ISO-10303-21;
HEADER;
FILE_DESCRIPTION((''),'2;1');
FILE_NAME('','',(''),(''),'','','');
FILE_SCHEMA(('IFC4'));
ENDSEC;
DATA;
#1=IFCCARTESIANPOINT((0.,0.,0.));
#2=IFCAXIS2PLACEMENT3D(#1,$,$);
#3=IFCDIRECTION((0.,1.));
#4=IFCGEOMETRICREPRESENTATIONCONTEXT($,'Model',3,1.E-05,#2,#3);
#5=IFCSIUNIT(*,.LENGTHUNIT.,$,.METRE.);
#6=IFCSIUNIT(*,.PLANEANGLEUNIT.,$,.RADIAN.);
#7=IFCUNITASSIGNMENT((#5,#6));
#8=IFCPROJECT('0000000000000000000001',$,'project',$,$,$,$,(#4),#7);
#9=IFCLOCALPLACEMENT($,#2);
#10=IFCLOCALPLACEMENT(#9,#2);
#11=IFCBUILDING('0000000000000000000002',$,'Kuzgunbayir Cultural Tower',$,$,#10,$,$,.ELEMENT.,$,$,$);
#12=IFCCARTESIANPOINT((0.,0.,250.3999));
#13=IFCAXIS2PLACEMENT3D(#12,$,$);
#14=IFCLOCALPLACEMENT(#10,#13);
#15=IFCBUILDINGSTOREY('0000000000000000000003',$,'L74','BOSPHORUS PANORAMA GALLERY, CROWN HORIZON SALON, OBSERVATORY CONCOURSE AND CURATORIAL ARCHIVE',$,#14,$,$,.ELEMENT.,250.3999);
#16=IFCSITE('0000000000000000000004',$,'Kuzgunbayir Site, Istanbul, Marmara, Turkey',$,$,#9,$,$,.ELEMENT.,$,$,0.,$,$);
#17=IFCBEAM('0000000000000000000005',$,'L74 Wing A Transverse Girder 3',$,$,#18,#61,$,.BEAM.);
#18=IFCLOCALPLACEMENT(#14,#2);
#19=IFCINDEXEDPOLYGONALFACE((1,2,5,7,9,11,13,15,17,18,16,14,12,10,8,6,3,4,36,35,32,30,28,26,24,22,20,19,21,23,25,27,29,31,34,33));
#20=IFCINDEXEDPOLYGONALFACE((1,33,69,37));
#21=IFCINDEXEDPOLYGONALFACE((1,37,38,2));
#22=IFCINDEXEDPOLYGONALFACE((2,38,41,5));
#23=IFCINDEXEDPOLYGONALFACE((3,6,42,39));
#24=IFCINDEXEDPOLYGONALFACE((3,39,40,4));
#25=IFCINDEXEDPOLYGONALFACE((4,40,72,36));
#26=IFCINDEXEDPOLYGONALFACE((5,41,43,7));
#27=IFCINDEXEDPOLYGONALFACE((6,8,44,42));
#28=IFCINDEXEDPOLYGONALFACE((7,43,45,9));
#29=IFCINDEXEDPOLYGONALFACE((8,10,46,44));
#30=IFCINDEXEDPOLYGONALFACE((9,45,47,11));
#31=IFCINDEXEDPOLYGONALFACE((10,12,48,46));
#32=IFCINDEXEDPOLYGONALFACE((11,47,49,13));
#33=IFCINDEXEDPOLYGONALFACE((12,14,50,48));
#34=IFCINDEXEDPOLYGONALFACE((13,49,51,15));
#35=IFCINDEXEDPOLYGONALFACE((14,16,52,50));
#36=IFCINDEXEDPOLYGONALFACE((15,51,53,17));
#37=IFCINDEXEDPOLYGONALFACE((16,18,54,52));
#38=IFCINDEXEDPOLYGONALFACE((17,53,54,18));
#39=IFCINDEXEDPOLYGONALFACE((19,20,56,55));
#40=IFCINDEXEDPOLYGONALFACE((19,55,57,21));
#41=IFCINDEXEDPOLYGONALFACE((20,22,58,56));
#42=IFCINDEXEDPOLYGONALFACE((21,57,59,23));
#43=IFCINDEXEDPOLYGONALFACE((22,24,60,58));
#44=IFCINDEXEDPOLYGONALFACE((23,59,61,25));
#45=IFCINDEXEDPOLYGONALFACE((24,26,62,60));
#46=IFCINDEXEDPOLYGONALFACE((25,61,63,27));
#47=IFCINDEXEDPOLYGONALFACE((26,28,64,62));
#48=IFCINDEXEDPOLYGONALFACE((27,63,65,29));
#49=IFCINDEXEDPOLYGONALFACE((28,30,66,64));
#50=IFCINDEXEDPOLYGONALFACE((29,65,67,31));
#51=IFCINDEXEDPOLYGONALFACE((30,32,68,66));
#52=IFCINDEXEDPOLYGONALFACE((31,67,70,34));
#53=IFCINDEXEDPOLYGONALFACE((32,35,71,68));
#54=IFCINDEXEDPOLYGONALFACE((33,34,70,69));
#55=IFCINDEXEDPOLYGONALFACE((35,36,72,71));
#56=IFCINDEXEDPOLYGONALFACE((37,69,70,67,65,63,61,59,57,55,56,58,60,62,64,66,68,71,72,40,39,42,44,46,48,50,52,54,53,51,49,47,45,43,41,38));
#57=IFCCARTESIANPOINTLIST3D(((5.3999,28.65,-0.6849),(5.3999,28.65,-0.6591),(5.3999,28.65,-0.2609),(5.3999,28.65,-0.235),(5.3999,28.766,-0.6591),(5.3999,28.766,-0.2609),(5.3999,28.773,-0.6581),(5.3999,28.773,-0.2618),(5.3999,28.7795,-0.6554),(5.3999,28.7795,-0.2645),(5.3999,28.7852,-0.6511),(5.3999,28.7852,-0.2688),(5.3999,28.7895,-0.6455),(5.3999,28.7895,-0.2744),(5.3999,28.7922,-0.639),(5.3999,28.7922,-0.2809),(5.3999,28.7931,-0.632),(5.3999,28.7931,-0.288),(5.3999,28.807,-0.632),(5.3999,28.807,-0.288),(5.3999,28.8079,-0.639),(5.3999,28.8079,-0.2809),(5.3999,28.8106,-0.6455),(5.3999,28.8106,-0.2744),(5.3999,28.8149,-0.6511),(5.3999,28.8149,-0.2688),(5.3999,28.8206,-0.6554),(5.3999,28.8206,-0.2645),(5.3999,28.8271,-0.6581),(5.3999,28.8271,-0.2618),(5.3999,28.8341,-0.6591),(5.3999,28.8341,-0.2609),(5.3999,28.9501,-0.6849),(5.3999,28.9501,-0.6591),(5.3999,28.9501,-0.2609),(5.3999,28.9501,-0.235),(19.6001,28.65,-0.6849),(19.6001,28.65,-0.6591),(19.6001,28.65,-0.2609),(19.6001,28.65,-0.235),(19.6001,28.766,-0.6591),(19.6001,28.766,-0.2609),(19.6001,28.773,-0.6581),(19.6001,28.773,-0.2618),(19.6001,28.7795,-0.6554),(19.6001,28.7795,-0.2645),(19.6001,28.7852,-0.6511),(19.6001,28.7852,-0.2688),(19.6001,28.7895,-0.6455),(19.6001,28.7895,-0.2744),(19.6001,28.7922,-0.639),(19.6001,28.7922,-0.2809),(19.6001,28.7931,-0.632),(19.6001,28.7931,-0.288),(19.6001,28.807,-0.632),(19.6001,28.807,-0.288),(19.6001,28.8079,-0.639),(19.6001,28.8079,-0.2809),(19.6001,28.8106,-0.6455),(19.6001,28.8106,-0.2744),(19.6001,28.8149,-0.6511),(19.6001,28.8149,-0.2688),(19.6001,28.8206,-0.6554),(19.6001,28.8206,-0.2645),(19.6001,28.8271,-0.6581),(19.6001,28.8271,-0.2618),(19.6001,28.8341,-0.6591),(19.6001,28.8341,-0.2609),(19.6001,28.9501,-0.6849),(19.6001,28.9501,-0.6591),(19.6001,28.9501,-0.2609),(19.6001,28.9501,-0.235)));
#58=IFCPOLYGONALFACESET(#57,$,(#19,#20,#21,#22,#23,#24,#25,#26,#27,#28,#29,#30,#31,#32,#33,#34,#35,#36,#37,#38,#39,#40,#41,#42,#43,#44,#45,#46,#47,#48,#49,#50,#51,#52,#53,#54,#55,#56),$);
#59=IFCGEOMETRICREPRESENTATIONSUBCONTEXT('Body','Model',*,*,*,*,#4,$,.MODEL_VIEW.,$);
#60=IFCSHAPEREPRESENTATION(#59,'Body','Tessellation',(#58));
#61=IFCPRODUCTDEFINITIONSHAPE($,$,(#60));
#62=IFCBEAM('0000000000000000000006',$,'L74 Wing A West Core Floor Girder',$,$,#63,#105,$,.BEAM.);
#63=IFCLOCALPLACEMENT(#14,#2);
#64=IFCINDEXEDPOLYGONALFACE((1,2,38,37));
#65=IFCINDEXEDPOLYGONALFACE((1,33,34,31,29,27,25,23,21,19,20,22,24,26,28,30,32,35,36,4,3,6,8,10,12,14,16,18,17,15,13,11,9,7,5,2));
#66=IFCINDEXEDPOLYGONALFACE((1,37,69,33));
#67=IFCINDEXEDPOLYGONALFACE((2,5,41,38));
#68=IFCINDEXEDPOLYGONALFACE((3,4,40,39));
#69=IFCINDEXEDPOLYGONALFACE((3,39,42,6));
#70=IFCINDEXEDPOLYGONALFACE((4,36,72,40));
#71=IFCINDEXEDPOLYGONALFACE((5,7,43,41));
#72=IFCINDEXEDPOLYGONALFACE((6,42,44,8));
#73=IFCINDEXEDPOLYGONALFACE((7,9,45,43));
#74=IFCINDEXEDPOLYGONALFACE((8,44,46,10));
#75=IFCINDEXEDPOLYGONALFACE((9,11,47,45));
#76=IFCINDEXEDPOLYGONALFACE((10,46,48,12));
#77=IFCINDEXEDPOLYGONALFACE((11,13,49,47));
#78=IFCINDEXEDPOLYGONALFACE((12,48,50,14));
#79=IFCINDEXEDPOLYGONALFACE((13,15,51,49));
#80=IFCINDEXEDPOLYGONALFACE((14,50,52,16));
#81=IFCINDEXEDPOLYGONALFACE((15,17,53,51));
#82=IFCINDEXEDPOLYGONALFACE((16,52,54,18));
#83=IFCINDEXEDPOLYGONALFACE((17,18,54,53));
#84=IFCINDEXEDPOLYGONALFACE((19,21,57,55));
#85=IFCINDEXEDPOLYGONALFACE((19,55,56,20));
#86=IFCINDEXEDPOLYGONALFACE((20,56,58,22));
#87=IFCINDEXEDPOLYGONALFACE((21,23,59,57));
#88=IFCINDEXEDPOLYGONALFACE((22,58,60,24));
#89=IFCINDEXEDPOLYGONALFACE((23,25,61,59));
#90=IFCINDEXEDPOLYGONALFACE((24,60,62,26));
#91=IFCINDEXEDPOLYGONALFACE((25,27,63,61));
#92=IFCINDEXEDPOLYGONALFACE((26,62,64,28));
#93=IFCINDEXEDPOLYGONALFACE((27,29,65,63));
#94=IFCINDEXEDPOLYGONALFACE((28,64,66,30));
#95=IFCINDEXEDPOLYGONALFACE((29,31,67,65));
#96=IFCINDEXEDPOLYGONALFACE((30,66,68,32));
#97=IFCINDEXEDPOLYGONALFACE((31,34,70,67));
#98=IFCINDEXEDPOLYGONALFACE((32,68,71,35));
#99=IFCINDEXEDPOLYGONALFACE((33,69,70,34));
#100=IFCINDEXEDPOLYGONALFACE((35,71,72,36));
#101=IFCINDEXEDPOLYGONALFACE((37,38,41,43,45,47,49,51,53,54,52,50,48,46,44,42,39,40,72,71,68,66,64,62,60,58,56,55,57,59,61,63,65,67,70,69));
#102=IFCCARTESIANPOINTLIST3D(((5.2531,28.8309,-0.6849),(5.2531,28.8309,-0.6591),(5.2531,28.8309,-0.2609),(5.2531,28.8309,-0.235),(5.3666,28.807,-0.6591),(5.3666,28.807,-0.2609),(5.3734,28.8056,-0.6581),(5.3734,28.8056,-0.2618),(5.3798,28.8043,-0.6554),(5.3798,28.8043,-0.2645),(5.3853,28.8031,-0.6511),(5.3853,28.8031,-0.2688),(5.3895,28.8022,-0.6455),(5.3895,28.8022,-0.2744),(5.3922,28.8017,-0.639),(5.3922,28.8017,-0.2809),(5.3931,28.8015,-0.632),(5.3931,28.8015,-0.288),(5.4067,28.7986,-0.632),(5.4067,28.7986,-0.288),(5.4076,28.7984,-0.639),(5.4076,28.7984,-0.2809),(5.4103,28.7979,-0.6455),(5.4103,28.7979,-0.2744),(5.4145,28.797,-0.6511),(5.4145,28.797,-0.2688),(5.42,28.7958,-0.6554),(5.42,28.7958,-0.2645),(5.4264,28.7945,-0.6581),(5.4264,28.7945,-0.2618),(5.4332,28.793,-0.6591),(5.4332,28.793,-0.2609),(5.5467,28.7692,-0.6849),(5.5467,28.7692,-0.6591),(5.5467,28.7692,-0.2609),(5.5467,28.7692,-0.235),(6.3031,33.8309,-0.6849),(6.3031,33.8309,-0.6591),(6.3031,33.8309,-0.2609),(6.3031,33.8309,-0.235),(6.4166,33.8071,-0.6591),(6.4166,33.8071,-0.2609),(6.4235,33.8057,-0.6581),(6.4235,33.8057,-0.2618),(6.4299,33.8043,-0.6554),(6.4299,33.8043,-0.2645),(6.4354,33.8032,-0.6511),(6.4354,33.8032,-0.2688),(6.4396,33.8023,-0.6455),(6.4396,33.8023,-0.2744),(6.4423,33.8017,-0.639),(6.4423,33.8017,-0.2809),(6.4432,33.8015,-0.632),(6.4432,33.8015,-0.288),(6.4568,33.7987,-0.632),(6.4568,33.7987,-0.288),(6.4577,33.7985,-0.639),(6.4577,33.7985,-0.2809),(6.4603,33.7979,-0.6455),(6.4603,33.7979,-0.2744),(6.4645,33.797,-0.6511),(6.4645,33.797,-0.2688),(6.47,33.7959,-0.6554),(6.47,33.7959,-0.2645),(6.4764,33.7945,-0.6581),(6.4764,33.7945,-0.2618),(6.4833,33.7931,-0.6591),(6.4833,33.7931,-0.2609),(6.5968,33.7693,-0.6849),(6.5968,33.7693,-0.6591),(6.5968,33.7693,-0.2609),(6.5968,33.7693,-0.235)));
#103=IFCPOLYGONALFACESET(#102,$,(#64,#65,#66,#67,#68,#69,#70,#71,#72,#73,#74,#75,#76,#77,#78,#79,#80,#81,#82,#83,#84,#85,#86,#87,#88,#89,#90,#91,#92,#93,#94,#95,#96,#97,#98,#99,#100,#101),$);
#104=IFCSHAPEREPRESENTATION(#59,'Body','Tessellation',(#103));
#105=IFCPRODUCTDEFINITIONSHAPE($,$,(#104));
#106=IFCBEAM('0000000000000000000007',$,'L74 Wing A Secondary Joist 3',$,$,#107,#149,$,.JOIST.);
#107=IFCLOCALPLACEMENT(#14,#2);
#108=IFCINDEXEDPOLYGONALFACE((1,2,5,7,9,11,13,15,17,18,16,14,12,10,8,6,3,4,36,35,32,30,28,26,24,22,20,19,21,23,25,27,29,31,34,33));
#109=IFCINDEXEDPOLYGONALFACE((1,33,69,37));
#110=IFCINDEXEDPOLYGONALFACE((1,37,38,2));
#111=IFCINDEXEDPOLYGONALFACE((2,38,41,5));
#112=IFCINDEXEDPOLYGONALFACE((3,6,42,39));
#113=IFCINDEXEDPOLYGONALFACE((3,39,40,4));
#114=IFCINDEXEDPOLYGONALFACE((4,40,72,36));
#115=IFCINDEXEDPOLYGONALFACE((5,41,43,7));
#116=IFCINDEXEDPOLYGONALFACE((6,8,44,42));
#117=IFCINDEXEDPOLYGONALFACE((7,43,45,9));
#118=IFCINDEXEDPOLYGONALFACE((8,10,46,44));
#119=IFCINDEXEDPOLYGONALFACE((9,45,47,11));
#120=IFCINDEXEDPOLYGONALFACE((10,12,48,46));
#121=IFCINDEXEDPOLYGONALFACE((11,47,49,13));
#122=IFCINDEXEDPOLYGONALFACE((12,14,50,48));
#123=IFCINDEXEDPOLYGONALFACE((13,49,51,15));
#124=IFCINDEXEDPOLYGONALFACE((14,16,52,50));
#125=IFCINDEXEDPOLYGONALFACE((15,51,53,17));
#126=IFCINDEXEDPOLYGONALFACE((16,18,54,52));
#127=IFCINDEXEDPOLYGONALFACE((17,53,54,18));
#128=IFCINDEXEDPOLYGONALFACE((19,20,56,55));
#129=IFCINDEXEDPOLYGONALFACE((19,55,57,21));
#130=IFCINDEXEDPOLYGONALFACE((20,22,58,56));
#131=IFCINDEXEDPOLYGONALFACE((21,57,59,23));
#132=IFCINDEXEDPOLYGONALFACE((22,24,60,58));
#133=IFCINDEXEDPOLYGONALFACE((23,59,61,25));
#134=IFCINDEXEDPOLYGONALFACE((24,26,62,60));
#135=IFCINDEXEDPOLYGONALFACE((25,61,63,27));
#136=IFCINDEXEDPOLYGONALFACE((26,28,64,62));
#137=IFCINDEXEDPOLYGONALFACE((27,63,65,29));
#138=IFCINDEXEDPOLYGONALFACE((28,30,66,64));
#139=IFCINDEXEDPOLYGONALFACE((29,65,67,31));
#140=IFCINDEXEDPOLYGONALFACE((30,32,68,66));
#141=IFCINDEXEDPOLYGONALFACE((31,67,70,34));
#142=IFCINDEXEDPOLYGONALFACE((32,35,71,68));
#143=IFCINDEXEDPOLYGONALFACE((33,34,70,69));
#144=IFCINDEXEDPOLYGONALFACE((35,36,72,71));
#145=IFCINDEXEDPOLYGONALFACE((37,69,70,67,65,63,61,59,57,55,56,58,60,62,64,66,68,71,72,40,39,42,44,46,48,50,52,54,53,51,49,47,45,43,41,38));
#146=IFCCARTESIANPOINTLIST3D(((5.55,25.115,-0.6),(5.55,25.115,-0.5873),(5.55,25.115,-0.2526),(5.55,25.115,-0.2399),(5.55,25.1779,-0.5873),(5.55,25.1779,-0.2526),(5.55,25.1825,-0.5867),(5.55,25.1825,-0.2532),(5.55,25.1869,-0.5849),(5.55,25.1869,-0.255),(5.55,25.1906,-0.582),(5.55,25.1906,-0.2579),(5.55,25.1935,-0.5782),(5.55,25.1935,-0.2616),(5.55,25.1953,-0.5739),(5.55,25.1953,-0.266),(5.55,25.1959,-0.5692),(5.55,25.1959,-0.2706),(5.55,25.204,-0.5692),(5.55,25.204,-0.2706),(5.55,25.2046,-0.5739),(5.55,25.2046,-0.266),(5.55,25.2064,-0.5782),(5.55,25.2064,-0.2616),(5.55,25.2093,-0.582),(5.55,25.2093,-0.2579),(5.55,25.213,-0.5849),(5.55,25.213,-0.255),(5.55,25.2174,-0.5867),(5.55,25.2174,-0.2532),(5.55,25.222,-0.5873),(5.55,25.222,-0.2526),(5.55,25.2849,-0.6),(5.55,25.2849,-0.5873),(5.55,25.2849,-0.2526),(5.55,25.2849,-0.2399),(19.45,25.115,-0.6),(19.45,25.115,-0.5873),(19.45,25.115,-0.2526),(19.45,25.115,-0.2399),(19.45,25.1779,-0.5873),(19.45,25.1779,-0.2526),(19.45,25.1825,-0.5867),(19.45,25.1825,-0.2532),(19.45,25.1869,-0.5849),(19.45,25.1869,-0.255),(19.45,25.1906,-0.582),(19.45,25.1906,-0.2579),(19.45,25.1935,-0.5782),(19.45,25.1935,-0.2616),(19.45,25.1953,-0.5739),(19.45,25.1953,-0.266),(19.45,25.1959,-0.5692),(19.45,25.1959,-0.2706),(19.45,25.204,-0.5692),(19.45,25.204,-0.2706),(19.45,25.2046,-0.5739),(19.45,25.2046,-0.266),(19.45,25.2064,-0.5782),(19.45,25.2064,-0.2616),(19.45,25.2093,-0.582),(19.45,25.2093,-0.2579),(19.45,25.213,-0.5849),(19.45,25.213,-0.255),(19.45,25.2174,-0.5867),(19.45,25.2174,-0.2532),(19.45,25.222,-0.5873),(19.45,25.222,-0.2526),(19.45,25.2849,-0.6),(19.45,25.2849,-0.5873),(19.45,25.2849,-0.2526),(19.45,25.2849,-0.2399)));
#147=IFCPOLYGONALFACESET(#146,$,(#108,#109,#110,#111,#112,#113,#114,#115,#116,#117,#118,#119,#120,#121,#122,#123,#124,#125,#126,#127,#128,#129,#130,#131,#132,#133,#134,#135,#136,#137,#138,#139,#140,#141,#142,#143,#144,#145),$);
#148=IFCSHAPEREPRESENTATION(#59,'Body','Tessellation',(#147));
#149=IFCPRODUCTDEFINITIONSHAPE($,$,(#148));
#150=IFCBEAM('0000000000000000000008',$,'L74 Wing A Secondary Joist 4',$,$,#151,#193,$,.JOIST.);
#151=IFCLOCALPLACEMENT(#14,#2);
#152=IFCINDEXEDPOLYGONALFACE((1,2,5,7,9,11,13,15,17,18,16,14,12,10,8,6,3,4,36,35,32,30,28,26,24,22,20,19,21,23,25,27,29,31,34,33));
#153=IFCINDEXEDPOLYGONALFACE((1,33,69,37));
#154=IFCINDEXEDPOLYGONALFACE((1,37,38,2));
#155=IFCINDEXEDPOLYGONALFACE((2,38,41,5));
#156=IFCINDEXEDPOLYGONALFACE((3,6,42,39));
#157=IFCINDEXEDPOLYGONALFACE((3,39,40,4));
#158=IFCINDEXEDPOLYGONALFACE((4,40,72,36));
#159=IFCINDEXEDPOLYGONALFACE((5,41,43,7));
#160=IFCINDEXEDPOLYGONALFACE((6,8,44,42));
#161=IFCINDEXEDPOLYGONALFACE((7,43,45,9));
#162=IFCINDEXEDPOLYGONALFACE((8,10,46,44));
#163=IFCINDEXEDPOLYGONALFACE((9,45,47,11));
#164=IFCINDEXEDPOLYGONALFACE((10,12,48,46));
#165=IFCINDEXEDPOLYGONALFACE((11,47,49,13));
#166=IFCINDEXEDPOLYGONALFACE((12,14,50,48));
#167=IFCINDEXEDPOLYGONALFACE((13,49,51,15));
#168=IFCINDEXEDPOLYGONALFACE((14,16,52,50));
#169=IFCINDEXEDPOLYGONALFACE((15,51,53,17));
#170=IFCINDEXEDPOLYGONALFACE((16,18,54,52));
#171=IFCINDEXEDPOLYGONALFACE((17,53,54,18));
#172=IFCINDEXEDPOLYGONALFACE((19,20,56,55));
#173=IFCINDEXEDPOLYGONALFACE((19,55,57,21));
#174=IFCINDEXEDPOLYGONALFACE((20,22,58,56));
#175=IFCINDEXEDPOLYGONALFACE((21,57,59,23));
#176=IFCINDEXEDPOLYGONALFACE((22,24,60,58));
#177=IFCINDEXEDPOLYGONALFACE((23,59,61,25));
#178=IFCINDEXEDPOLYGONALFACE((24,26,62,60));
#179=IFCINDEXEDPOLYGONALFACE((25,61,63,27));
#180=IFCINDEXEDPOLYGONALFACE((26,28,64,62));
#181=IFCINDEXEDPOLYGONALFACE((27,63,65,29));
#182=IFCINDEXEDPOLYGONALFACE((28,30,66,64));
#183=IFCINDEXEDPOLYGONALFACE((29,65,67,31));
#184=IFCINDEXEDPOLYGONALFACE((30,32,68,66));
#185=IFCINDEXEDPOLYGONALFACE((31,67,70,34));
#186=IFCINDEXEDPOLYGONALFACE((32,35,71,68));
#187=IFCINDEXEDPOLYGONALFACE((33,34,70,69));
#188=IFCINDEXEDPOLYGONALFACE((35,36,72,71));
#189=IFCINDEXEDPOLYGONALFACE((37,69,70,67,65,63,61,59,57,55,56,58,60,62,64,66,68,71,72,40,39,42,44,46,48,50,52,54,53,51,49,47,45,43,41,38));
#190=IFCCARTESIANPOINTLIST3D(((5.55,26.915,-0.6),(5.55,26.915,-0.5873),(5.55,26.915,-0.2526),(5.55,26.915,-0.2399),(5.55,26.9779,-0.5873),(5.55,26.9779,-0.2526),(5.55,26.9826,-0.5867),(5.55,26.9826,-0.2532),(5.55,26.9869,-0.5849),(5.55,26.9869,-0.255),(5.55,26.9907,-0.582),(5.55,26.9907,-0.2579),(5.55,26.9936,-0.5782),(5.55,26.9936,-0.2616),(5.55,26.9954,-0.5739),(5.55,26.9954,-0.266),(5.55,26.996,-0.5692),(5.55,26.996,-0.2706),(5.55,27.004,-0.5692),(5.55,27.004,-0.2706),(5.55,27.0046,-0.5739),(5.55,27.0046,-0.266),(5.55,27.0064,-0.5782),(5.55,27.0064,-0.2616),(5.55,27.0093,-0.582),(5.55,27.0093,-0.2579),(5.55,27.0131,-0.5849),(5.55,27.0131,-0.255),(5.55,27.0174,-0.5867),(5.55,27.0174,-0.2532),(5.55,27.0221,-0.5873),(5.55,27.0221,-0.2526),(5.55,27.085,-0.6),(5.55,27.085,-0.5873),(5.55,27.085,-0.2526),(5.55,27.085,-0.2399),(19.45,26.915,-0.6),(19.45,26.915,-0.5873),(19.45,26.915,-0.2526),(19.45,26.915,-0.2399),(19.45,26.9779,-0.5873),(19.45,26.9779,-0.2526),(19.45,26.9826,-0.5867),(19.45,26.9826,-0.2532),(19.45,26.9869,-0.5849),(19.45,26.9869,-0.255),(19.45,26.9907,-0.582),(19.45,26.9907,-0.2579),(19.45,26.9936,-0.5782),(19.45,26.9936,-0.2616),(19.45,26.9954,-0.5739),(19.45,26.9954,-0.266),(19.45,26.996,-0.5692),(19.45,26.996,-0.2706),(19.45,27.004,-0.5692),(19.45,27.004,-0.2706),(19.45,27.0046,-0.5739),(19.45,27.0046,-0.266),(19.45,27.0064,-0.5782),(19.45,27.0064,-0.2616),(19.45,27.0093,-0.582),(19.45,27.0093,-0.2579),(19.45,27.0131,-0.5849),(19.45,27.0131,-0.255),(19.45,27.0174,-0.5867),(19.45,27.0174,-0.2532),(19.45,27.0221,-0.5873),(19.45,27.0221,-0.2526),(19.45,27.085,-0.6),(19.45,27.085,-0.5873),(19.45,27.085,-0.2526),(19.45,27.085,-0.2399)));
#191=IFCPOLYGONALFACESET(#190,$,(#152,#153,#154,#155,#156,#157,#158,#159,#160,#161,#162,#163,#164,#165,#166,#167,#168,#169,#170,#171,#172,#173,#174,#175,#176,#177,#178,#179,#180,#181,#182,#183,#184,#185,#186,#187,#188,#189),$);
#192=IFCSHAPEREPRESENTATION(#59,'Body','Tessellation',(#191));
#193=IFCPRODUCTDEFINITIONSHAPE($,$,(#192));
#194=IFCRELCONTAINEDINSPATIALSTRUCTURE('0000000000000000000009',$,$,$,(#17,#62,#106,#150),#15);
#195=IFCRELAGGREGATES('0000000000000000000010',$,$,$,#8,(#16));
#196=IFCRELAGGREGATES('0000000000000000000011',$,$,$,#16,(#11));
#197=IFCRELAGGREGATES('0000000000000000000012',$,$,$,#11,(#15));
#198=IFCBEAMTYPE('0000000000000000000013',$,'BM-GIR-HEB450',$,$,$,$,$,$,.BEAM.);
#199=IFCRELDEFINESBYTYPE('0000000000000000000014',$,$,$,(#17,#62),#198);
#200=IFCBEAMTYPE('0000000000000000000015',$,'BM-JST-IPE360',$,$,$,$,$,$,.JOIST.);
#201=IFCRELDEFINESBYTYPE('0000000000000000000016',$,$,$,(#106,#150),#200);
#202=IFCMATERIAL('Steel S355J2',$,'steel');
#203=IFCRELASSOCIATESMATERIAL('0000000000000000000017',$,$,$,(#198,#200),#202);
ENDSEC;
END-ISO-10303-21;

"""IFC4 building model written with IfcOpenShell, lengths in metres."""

from ifc_helpers import new_model, si_unit, direction, frame, origin, origin_2d, place, context, subcontext, project, spatial, i_section, extrude, material, material_profile, profile_set, type_object, element, save


model = new_model("IFC4")

# Units and contexts
model_context = context("Model", 3, precision=1e-05, world=origin(), true_north=direction((0.0, 1.0)))
body_context = subcontext(model_context, "Body", "Model", "MODEL_VIEW")
ifc_project = project(units=[si_unit("LENGTHUNIT", "METRE"), si_unit("PLANEANGLEUNIT", "RADIAN")], contexts=[model_context])

# Site, building, storey
site_placement = place(None, origin())
site = spatial("IfcSite", under=ifc_project, at=site_placement, Name="Kuzgunbayir Site, Istanbul, Marmara, Turkey", CompositionType="ELEMENT", RefElevation=0.0)
building_placement = place(site_placement, origin())
building = spatial("IfcBuilding", under=site, at=building_placement, Name="Kuzgunbayir Cultural Tower", CompositionType="ELEMENT")
storey_placement = place(building_placement, frame((0.0, 0.0, 250.3999)))
storey = spatial("IfcBuildingStorey", under=building, at=storey_placement, Name="L74", Description="BOSPHORUS PANORAMA GALLERY, CROWN HORIZON SALON, OBSERVATORY CONCOURSE AND CURATORIAL ARCHIVE", CompositionType="ELEMENT", Elevation=250.3999)

# Beams
ifc_material_1 = material(Name="Steel S355J2", Category="steel")
ifc_material_profile_1 = material_profile(ifc_material_1, i_section(OverallWidth=0.3, OverallDepth=0.45, WebThickness=0.0139, FlangeThickness=0.0259, FilletRadius=0.0271, at=origin_2d()), Name="HEB 450")
ifc_profile_set_1 = profile_set([ifc_material_profile_1], Name="Steel S355J2")
beam_type_1 = type_object("IfcBeamType", Name="BM-GIR-HEB450", PredefinedType="BEAM", material=ifc_profile_set_1)
for number, where, z_axis, x_axis, name in (
    (1, (5.3999, 28.8, -0.46), (1.0, 0.0, 0.0), (0.0, 1.0, 0.0), "L74 Wing A Transverse Girder 3"),
):
    element("IfcBeam", number, at=place(storey_placement, frame(where, z_axis=z_axis, x_axis=x_axis)), inside=storey, type_object=beam_type_1, Name=name, PredefinedType="BEAM", context=body_context, shape_type="SweptSolid", body=[
        extrude(i_section(OverallWidth=0.3, OverallDepth=0.45, WebThickness=0.0139, FlangeThickness=0.0259, FilletRadius=0.0271, at=origin_2d()), origin(), (0.0, 0.0, 1.0), 14.2002),
    ])
beam_placement = place(storey_placement, frame((5.3999, 28.8, -0.46), z_axis=(0.205526, 0.978652, 0.0), x_axis=(-0.978652, 0.205526, 0.0)))
element("IfcBeam", 2, at=beam_placement, inside=storey, type_object=beam_type_1, Name="L74 Wing A West Core Floor Girder", PredefinedType="BEAM", context=body_context, shape_type="SweptSolid", body=[
    extrude(i_section(OverallWidth=0.3, OverallDepth=0.45, WebThickness=0.0139, FlangeThickness=0.0259, FilletRadius=0.0271, at=origin_2d()), origin(), (0.0, 0.0, 1.0), 5.1091),
])
ifc_material_profile_2 = material_profile(ifc_material_1, i_section(OverallWidth=0.1699, OverallDepth=0.3601, WebThickness=0.0081, FlangeThickness=0.0127, FilletRadius=0.0181, at=origin_2d()), Name="IPE 360")
ifc_profile_set_2 = profile_set([ifc_material_profile_2], Name="Steel S355J2")
beam_type_2 = type_object("IfcBeamType", Name="BM-JST-IPE360", PredefinedType="JOIST", material=ifc_profile_set_2)
for number, where, z_axis, x_axis, name in (
    (3, (5.55, 25.2, -0.4199), (1.0, 0.0, 0.0), (0.0, 1.0, 0.0), "L74 Wing A Secondary Joist 3"),
    (4, (5.55, 27.0, -0.4199), (1.0, 0.0, 0.0), (0.0, 1.0, 0.0), "L74 Wing A Secondary Joist 4"),
):
    element("IfcBeam", number, at=place(storey_placement, frame(where, z_axis=z_axis, x_axis=x_axis)), inside=storey, type_object=beam_type_2, Name=name, PredefinedType="JOIST", context=body_context, shape_type="SweptSolid", body=[
        extrude(i_section(OverallWidth=0.1699, OverallDepth=0.3601, WebThickness=0.0081, FlangeThickness=0.0127, FilletRadius=0.0181, at=origin_2d()), origin(), (0.0, 0.0, 1.0), 13.8999),
    ])

save(model, "model.ifc")
